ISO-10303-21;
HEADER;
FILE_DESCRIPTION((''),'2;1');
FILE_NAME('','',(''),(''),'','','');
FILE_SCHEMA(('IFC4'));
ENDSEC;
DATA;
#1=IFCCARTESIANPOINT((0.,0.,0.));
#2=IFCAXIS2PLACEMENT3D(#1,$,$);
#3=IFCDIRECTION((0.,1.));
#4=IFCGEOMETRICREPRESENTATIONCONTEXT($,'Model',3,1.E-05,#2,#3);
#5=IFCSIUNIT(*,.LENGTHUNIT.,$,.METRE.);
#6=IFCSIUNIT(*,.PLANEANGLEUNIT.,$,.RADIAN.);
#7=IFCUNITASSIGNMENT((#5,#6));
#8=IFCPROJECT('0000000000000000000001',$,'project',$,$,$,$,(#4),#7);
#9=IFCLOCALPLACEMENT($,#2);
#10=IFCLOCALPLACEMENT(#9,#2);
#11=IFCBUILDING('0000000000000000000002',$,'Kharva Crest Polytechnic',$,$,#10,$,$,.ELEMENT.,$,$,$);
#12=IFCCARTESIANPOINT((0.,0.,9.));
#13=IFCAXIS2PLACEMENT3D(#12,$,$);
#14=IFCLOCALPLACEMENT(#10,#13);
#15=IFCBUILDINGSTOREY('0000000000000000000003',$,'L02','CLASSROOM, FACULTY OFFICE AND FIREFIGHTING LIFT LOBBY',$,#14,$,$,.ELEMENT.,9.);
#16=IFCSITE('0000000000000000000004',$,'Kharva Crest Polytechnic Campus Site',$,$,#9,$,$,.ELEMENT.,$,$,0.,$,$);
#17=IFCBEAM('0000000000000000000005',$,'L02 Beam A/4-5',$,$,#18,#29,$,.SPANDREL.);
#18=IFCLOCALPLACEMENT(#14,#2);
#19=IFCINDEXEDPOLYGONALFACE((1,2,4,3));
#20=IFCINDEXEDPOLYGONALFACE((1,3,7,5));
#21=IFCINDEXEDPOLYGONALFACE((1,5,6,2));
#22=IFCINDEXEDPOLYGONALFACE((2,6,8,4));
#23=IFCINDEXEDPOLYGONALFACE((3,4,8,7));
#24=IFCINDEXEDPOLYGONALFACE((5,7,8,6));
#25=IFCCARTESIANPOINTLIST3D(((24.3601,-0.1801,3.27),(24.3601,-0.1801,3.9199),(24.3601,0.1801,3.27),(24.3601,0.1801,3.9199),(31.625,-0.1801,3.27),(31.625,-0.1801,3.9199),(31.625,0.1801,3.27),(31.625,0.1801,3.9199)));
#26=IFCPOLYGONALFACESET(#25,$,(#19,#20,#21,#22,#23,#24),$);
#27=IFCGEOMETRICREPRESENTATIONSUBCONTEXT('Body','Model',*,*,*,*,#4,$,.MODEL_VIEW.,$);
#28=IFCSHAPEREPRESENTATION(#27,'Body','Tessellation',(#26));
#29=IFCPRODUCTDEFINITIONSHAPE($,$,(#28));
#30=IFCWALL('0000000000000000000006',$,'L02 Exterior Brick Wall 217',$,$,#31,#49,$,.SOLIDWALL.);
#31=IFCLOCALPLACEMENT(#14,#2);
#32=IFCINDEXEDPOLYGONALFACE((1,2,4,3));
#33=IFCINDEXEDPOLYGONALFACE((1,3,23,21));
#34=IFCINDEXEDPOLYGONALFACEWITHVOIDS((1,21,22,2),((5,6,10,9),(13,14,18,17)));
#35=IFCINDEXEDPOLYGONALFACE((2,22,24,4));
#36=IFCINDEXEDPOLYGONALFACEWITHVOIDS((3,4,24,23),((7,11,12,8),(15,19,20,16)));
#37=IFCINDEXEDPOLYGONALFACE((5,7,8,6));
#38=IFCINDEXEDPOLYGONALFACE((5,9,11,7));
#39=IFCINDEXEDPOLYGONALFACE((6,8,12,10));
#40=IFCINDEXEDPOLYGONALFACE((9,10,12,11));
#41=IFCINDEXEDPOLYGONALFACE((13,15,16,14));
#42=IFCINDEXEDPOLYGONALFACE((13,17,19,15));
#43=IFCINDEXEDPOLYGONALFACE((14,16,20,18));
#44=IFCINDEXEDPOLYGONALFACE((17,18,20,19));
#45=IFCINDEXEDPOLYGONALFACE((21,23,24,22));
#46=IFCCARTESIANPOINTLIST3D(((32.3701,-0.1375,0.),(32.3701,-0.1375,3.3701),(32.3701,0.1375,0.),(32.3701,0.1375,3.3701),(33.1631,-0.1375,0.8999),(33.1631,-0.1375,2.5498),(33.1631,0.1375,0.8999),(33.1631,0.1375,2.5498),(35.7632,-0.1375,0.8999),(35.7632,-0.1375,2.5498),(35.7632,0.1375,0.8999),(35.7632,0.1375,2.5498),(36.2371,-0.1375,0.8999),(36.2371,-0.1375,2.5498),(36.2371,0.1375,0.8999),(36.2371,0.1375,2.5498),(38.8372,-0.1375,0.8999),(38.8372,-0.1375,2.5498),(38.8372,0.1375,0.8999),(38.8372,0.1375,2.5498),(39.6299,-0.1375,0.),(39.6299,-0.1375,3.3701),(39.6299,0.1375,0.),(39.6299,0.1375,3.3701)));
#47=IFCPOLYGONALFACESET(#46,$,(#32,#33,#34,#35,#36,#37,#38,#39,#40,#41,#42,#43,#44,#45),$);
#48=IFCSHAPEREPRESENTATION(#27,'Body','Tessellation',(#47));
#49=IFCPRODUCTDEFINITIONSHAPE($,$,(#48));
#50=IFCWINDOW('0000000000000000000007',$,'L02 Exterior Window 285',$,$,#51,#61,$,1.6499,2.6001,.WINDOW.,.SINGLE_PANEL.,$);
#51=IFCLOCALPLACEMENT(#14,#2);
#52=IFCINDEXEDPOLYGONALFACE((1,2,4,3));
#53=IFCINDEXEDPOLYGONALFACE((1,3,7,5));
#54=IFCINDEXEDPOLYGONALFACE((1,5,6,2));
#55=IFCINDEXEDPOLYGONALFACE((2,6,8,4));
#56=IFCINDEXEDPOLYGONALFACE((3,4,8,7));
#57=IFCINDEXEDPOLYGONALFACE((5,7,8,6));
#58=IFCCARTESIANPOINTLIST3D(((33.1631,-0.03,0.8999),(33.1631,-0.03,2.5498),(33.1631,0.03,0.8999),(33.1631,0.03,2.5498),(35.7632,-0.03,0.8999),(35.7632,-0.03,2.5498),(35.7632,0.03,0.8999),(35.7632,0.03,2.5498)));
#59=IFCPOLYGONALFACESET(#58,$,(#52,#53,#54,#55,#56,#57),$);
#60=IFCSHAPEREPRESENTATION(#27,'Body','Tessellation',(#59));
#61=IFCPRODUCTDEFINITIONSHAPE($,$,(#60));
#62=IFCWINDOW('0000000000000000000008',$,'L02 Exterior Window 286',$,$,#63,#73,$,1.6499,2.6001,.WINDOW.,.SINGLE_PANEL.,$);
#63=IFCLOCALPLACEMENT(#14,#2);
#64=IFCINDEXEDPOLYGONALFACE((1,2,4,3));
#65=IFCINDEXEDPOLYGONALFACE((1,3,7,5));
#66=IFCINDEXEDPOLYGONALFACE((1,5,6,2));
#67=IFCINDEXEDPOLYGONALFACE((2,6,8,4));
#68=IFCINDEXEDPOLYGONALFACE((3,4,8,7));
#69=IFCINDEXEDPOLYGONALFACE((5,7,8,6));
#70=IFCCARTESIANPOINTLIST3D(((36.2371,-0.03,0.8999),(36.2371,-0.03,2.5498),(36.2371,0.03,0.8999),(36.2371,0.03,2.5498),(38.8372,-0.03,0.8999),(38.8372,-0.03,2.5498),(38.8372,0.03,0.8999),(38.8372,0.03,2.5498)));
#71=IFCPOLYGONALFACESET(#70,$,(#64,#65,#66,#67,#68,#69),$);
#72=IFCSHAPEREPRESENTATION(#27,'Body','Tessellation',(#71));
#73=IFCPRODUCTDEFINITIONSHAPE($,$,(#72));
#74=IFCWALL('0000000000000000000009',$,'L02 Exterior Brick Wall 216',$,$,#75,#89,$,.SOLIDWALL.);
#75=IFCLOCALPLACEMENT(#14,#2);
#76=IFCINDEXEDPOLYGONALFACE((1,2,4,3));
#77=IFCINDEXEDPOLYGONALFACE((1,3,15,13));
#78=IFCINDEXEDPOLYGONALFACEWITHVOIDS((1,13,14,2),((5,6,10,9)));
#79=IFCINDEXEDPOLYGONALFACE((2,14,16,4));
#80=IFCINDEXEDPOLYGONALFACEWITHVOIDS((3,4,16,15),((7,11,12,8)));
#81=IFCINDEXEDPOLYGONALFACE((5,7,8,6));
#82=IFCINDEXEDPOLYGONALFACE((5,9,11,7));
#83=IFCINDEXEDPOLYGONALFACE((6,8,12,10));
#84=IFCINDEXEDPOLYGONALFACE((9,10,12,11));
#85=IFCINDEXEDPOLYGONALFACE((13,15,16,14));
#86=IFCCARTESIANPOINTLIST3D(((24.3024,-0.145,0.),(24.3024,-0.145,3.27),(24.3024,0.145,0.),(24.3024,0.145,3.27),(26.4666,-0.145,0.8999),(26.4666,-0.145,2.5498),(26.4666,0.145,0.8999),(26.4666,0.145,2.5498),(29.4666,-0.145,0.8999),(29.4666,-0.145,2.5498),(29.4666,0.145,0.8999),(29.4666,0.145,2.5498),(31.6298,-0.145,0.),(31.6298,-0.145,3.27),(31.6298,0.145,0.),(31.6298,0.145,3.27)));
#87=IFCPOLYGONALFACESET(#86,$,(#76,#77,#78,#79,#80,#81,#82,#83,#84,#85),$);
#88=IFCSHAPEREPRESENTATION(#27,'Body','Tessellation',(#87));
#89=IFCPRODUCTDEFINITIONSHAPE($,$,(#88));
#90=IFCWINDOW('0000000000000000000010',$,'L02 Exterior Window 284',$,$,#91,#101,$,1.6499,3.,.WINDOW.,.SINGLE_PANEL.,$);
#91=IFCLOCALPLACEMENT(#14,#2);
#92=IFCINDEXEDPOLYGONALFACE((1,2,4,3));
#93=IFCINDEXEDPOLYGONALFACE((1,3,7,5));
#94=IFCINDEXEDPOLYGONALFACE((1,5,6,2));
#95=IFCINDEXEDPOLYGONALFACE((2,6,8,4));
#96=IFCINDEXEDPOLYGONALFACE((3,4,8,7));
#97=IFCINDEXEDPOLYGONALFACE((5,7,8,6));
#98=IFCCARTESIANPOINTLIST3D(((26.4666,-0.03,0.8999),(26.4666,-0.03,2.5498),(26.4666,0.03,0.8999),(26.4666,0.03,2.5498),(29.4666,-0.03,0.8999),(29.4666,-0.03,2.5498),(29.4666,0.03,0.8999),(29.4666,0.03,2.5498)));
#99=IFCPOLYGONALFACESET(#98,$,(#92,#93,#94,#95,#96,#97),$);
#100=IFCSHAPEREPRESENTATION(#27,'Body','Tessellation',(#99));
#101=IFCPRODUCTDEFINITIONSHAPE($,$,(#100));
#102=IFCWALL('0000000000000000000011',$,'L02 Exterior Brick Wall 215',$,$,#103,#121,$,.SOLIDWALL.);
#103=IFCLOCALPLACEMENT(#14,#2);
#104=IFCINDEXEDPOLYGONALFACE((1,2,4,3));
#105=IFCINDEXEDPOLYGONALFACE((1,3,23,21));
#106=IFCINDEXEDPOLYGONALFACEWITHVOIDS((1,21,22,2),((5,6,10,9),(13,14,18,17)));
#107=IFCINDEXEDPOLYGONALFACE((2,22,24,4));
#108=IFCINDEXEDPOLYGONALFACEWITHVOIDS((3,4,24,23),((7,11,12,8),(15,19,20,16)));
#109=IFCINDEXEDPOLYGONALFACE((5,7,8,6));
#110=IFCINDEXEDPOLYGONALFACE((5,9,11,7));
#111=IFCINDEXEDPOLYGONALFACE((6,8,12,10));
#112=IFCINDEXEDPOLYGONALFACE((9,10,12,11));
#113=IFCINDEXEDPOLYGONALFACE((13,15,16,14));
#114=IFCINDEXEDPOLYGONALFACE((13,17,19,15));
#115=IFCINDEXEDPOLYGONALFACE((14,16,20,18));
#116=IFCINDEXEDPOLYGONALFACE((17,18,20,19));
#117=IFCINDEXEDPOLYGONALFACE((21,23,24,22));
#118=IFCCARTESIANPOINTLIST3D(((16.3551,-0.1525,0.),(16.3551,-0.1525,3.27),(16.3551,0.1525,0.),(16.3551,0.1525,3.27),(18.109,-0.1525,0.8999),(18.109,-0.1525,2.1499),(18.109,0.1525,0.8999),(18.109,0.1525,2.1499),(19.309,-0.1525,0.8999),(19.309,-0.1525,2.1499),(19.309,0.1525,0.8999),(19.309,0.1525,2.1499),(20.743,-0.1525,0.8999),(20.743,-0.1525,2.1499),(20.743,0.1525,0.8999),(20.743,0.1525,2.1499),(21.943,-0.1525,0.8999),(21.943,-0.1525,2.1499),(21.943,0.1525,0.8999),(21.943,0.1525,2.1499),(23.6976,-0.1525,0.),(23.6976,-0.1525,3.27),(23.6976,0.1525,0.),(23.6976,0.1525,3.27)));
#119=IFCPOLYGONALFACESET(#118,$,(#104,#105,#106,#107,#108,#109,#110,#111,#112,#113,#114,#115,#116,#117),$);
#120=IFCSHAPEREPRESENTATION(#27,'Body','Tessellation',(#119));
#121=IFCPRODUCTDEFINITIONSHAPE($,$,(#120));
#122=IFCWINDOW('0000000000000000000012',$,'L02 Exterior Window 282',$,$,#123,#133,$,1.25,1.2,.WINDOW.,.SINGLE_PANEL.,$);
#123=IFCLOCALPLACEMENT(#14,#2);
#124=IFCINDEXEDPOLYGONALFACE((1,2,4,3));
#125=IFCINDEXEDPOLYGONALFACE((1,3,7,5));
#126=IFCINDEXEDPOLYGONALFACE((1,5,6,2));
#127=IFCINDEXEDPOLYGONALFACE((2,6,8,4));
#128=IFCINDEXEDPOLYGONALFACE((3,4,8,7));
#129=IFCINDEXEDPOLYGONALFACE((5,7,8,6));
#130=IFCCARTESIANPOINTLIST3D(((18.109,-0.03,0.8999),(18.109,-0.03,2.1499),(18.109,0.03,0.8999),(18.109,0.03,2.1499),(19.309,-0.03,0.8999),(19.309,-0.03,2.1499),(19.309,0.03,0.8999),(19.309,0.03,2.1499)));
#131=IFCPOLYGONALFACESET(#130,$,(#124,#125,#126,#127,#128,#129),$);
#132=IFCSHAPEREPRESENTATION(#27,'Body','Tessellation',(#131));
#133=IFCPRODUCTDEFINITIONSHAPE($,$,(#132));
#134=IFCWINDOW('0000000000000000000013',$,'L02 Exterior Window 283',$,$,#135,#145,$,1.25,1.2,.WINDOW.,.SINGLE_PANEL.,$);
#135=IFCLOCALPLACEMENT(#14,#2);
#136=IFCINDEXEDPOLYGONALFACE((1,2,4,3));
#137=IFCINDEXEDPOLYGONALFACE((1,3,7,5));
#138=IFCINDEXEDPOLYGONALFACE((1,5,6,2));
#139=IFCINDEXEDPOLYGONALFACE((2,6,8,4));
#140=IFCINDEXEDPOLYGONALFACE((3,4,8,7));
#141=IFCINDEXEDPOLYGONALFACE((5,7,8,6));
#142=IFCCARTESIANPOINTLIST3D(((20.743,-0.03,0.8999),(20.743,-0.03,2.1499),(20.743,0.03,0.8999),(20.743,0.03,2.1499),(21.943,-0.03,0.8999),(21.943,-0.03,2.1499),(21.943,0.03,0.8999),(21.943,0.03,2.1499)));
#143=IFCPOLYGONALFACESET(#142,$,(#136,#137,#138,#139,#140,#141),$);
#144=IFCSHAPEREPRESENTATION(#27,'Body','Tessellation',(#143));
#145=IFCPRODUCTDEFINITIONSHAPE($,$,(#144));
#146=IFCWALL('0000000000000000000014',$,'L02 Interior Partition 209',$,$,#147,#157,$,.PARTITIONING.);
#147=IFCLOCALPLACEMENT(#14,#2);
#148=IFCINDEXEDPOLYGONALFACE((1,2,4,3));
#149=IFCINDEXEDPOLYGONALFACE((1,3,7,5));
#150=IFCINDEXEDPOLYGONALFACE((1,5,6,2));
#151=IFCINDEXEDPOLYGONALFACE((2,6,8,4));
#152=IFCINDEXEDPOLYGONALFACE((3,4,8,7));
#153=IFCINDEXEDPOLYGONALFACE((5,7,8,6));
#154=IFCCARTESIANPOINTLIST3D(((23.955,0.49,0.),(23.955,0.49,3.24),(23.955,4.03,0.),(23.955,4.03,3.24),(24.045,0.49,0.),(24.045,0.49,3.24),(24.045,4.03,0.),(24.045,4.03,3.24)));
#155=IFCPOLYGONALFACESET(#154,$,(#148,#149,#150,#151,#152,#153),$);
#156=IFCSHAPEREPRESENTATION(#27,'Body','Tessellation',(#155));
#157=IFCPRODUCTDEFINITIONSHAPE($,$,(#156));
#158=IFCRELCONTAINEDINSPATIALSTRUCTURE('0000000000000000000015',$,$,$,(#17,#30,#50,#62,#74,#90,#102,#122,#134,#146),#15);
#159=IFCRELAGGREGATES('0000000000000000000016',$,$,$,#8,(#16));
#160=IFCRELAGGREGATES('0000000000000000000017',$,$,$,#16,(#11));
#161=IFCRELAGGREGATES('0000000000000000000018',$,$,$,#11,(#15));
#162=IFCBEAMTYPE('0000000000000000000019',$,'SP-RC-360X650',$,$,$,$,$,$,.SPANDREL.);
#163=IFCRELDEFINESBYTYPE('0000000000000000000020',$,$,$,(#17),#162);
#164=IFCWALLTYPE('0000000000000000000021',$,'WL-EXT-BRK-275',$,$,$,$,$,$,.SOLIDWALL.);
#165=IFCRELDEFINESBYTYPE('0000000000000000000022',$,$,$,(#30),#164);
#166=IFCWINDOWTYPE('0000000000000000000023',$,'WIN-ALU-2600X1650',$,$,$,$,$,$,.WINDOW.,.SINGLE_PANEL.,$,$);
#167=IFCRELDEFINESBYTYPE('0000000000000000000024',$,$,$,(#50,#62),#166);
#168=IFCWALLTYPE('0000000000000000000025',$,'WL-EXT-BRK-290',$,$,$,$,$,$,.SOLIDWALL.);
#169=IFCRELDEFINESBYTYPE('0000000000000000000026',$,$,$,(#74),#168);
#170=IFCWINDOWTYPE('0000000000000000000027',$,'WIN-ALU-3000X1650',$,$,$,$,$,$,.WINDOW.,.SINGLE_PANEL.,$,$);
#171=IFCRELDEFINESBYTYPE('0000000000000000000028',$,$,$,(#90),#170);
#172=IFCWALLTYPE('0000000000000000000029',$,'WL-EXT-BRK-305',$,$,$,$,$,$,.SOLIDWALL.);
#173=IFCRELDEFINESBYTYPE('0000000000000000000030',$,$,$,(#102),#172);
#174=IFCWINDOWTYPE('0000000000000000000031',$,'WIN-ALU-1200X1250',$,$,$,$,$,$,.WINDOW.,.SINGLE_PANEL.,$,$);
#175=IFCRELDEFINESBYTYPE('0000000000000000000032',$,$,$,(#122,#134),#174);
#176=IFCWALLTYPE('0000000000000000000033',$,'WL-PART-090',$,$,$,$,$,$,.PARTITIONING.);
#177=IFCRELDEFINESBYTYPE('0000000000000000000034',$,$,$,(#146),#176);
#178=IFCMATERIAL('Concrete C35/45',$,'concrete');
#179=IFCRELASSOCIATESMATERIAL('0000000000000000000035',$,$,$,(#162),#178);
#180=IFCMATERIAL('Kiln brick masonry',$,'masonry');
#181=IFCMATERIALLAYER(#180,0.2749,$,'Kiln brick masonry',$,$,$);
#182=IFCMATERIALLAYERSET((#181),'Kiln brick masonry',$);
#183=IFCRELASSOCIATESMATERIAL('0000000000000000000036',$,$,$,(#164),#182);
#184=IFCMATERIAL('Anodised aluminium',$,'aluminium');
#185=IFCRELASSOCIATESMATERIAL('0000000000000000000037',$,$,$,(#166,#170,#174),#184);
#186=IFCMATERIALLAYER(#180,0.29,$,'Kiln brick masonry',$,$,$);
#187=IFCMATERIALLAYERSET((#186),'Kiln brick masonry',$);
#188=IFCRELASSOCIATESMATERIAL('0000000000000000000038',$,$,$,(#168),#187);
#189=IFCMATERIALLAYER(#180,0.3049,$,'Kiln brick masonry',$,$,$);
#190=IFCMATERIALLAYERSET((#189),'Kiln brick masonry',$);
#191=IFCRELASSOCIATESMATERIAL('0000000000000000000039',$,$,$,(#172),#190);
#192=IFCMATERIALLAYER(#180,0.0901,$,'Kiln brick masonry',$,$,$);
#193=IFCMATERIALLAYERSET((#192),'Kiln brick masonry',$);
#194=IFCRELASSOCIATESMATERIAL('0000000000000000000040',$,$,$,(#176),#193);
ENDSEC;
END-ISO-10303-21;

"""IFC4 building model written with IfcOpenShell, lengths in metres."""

from ifc_helpers import new_model, si_unit, direction, frame, frame_2d, origin, origin_2d, place, context, subcontext, project, spatial, rectangle, extrude, material, layer, layer_set, material_profile, profile_set, type_object, element, fill, save


model = new_model("IFC4")

# Units and contexts
model_context = context("Model", 3, precision=1e-05, world=origin(), true_north=direction((0.0, 1.0)))
body_context = subcontext(model_context, "Body", "Model", "MODEL_VIEW")
ifc_project = project(units=[si_unit("LENGTHUNIT", "METRE"), si_unit("PLANEANGLEUNIT", "RADIAN")], contexts=[model_context])

# Site, building, storey
site_placement = place(None, origin())
site = spatial("IfcSite", under=ifc_project, at=site_placement, Name="Kharva Crest Polytechnic Campus Site", CompositionType="ELEMENT", RefElevation=0.0)
building_placement = place(site_placement, origin())
building = spatial("IfcBuilding", under=site, at=building_placement, Name="Kharva Crest Polytechnic", CompositionType="ELEMENT")
storey_placement = place(building_placement, frame((0.0, 0.0, 9.0)))
storey = spatial("IfcBuildingStorey", under=building, at=storey_placement, Name="L02", Description="CLASSROOM, FACULTY OFFICE AND FIREFIGHTING LIFT LOBBY", CompositionType="ELEMENT", Elevation=9.0)

# Beam
ifc_material_1 = material(Name="Concrete C35/45", Category="concrete")
ifc_material_profile_1 = material_profile(ifc_material_1, rectangle(XDim=0.3601, YDim=0.6499, at=origin_2d()), Name="RECT 360 X 650")
ifc_profile_set_1 = profile_set([ifc_material_profile_1], Name="Concrete C35/45")
beam_type_1 = type_object("IfcBeamType", Name="SP-RC-360X650", PredefinedType="SPANDREL", material=ifc_profile_set_1)
beam_1_placement = place(storey_placement, frame((24.3601, 0.0, 3.595), z_axis=(1.0, 0.0, 0.0), x_axis=(0.0, 1.0, 0.0)))
element("IfcBeam", 1, at=beam_1_placement, inside=storey, type_object=beam_type_1, Name="L02 Beam A/4-5", PredefinedType="SPANDREL", context=body_context, shape_type="SweptSolid", body=[
    extrude(rectangle(XDim=0.3601, YDim=0.6499, at=origin_2d()), origin(), (0.0, 0.0, 1.0), 7.2649),
])

# Wall, openings, windows
ifc_material_2 = material(Name="Kiln brick masonry", Category="masonry")
ifc_layer_1 = layer(ifc_material_2, 0.2749, Name="Kiln brick masonry")
ifc_layer_set_1 = layer_set([ifc_layer_1], Name="Kiln brick masonry")
wall_type_1 = type_object("IfcWallType", Name="WL-EXT-BRK-275", PredefinedType="SOLIDWALL", material=ifc_layer_set_1)
wall_1_placement = place(storey_placement, frame((32.3701, 0.0, 0.0), z_axis=(0.0, 0.0, 1.0), x_axis=(1.0, 0.0, 0.0)))
wall_1 = element("IfcWall", 2, at=wall_1_placement, inside=storey, type_object=wall_type_1, Name="L02 Exterior Brick Wall 217", PredefinedType="SOLIDWALL", context=body_context, shape_type="SweptSolid", body=[
    extrude(rectangle(XDim=7.2598, YDim=0.2749, at=frame_2d((3.6299, 0.0))), origin(), (0.0, 0.0, 1.0), 3.3701),
])
opening_1_placement = place(wall_1_placement, frame((0.793, 0.0, 0.8999)))
opening_1 = element("IfcOpeningElement", 3, at=opening_1_placement, cuts=wall_1, PredefinedType="OPENING", context=body_context, shape_type="SweptSolid", body=[
    extrude(rectangle(XDim=2.6001, YDim=1.6499, at=frame_2d((1.3, 0.825))), frame((0.0, 0.1475, 0.0), z_axis=(0.0, -1.0, 0.0), x_axis=(1.0, 0.0, 0.0)), (0.0, 0.0, 1.0), 0.2949),
])
opening_2_placement = place(wall_1_placement, frame((3.8669, 0.0, 0.8999)))
opening_2 = element("IfcOpeningElement", 4, at=opening_2_placement, cuts=wall_1, PredefinedType="OPENING", context=body_context, shape_type="SweptSolid", body=[
    extrude(rectangle(XDim=2.6001, YDim=1.6499, at=frame_2d((1.3, 0.825))), frame((0.0, 0.1475, 0.0), z_axis=(0.0, -1.0, 0.0), x_axis=(1.0, 0.0, 0.0)), (0.0, 0.0, 1.0), 0.2949),
])
ifc_material_3 = material(Name="Anodised aluminium", Category="aluminium")
window_type_1 = type_object("IfcWindowType", Name="WIN-ALU-2600X1650", PartitioningType="SINGLE_PANEL", PredefinedType="WINDOW", material=ifc_material_3)
window_1_placement = place(opening_1_placement, origin())
window_1 = element("IfcWindow", 5, at=window_1_placement, inside=storey, type_object=window_type_1, Name="L02 Exterior Window 285", OverallHeight=1.6499, OverallWidth=2.6001, PartitioningType="SINGLE_PANEL", PredefinedType="WINDOW", context=body_context, shape_type="SweptSolid", body=[
    extrude(rectangle(XDim=2.6001, YDim=1.6499, at=frame_2d((1.3, 0.825))), frame((0.0, 0.03, 0.0), z_axis=(0.0, -1.0, 0.0), x_axis=(1.0, 0.0, 0.0)), (0.0, 0.0, 1.0), 0.0601),
])
fill(opening_1, window_1)
window_2_placement = place(opening_2_placement, origin())
window_2 = element("IfcWindow", 6, at=window_2_placement, inside=storey, type_object=window_type_1, Name="L02 Exterior Window 286", OverallHeight=1.6499, OverallWidth=2.6001, PartitioningType="SINGLE_PANEL", PredefinedType="WINDOW", context=body_context, shape_type="SweptSolid", body=[
    extrude(rectangle(XDim=2.6001, YDim=1.6499, at=frame_2d((1.3, 0.825))), frame((0.0, 0.03, 0.0), z_axis=(0.0, -1.0, 0.0), x_axis=(1.0, 0.0, 0.0)), (0.0, 0.0, 1.0), 0.0601),
])
fill(opening_2, window_2)

# Wall, opening, window
ifc_layer_2 = layer(ifc_material_2, 0.29, Name="Kiln brick masonry")
ifc_layer_set_2 = layer_set([ifc_layer_2], Name="Kiln brick masonry")
wall_type_2 = type_object("IfcWallType", Name="WL-EXT-BRK-290", PredefinedType="SOLIDWALL", material=ifc_layer_set_2)
wall_2_placement = place(storey_placement, frame((24.3025, 0.0, 0.0), z_axis=(0.0, 0.0, 1.0), x_axis=(1.0, 0.0, 0.0)))
wall_2 = element("IfcWall", 7, at=wall_2_placement, inside=storey, type_object=wall_type_2, Name="L02 Exterior Brick Wall 216", PredefinedType="SOLIDWALL", context=body_context, shape_type="SweptSolid", body=[
    extrude(rectangle(XDim=7.3274, YDim=0.29, at=frame_2d((3.6636, 0.0))), origin(), (0.0, 0.0, 1.0), 3.27),
])
opening_3_placement = place(wall_2_placement, frame((2.1641, 0.0, 0.8999)))
opening_3 = element("IfcOpeningElement", 8, at=opening_3_placement, cuts=wall_2, PredefinedType="OPENING", context=body_context, shape_type="SweptSolid", body=[
    extrude(rectangle(XDim=3.0, YDim=1.6499, at=frame_2d((1.5, 0.825))), frame((0.0, 0.155, 0.0), z_axis=(0.0, -1.0, 0.0), x_axis=(1.0, 0.0, 0.0)), (0.0, 0.0, 1.0), 0.3101),
])
window_type_2 = type_object("IfcWindowType", Name="WIN-ALU-3000X1650", PartitioningType="SINGLE_PANEL", PredefinedType="WINDOW", material=ifc_material_3)
window_3_placement = place(opening_3_placement, origin())
window_3 = element("IfcWindow", 9, at=window_3_placement, inside=storey, type_object=window_type_2, Name="L02 Exterior Window 284", OverallHeight=1.6499, OverallWidth=3.0, PartitioningType="SINGLE_PANEL", PredefinedType="WINDOW", context=body_context, shape_type="SweptSolid", body=[
    extrude(rectangle(XDim=3.0, YDim=1.6499, at=frame_2d((1.5, 0.825))), frame((0.0, 0.03, 0.0), z_axis=(0.0, -1.0, 0.0), x_axis=(1.0, 0.0, 0.0)), (0.0, 0.0, 1.0), 0.0601),
])
fill(opening_3, window_3)

# Wall, openings, windows
ifc_layer_3 = layer(ifc_material_2, 0.3049, Name="Kiln brick masonry")
ifc_layer_set_3 = layer_set([ifc_layer_3], Name="Kiln brick masonry")
wall_type_3 = type_object("IfcWallType", Name="WL-EXT-BRK-305", PredefinedType="SOLIDWALL", material=ifc_layer_set_3)
wall_3_placement = place(storey_placement, frame((16.355, 0.0, 0.0), z_axis=(0.0, 0.0, 1.0), x_axis=(1.0, 0.0, 0.0)))
wall_3 = element("IfcWall", 10, at=wall_3_placement, inside=storey, type_object=wall_type_3, Name="L02 Exterior Brick Wall 215", PredefinedType="SOLIDWALL", context=body_context, shape_type="SweptSolid", body=[
    extrude(rectangle(XDim=7.3425, YDim=0.3049, at=frame_2d((3.6714, 0.0))), origin(), (0.0, 0.0, 1.0), 3.27),
])
opening_4_placement = place(wall_3_placement, frame((1.7539, 0.0, 0.8999)))
opening_4 = element("IfcOpeningElement", 11, at=opening_4_placement, cuts=wall_3, PredefinedType="OPENING", context=body_context, shape_type="SweptSolid", body=[
    extrude(rectangle(XDim=1.2, YDim=1.25, at=frame_2d((0.6001, 0.625))), frame((0.0, 0.1624, 0.0), z_axis=(0.0, -1.0, 0.0), x_axis=(1.0, 0.0, 0.0)), (0.0, 0.0, 1.0), 0.325),
])
opening_5_placement = place(wall_3_placement, frame((4.3879, 0.0, 0.8999)))
opening_5 = element("IfcOpeningElement", 12, at=opening_5_placement, cuts=wall_3, PredefinedType="OPENING", context=body_context, shape_type="SweptSolid", body=[
    extrude(rectangle(XDim=1.2, YDim=1.25, at=frame_2d((0.6001, 0.625))), frame((0.0, 0.1624, 0.0), z_axis=(0.0, -1.0, 0.0), x_axis=(1.0, 0.0, 0.0)), (0.0, 0.0, 1.0), 0.325),
])
window_type_3 = type_object("IfcWindowType", Name="WIN-ALU-1200X1250", PartitioningType="SINGLE_PANEL", PredefinedType="WINDOW", material=ifc_material_3)
window_4_placement = place(opening_4_placement, origin())
window_4 = element("IfcWindow", 13, at=window_4_placement, inside=storey, type_object=window_type_3, Name="L02 Exterior Window 282", OverallHeight=1.25, OverallWidth=1.2, PartitioningType="SINGLE_PANEL", PredefinedType="WINDOW", context=body_context, shape_type="SweptSolid", body=[
    extrude(rectangle(XDim=1.2, YDim=1.25, at=frame_2d((0.6001, 0.625))), frame((0.0, 0.03, 0.0), z_axis=(0.0, -1.0, 0.0), x_axis=(1.0, 0.0, 0.0)), (0.0, 0.0, 1.0), 0.0601),
])
fill(opening_4, window_4)
window_5_placement = place(opening_5_placement, origin())
window_5 = element("IfcWindow", 14, at=window_5_placement, inside=storey, type_object=window_type_3, Name="L02 Exterior Window 283", OverallHeight=1.25, OverallWidth=1.2, PartitioningType="SINGLE_PANEL", PredefinedType="WINDOW", context=body_context, shape_type="SweptSolid", body=[
    extrude(rectangle(XDim=1.2, YDim=1.25, at=frame_2d((0.6001, 0.625))), frame((0.0, 0.03, 0.0), z_axis=(0.0, -1.0, 0.0), x_axis=(1.0, 0.0, 0.0)), (0.0, 0.0, 1.0), 0.0601),
])
fill(opening_5, window_5)

# Wall
ifc_layer_4 = layer(ifc_material_2, 0.0901, Name="Kiln brick masonry")
ifc_layer_set_4 = layer_set([ifc_layer_4], Name="Kiln brick masonry")
wall_type_4 = type_object("IfcWallType", Name="WL-PART-090", PredefinedType="PARTITIONING", material=ifc_layer_set_4)
wall_4_placement = place(storey_placement, frame((24.0, 0.49, 0.0), z_axis=(0.0, 0.0, 1.0), x_axis=(0.0, 1.0, 0.0)))
element("IfcWall", 15, at=wall_4_placement, inside=storey, type_object=wall_type_4, Name="L02 Interior Partition 209", PredefinedType="PARTITIONING", context=body_context, shape_type="SweptSolid", body=[
    extrude(rectangle(XDim=3.54, YDim=0.0901, at=frame_2d((1.77, 0.0))), origin(), (0.0, 0.0, 1.0), 3.24),
])

save(model, "model.ifc")
